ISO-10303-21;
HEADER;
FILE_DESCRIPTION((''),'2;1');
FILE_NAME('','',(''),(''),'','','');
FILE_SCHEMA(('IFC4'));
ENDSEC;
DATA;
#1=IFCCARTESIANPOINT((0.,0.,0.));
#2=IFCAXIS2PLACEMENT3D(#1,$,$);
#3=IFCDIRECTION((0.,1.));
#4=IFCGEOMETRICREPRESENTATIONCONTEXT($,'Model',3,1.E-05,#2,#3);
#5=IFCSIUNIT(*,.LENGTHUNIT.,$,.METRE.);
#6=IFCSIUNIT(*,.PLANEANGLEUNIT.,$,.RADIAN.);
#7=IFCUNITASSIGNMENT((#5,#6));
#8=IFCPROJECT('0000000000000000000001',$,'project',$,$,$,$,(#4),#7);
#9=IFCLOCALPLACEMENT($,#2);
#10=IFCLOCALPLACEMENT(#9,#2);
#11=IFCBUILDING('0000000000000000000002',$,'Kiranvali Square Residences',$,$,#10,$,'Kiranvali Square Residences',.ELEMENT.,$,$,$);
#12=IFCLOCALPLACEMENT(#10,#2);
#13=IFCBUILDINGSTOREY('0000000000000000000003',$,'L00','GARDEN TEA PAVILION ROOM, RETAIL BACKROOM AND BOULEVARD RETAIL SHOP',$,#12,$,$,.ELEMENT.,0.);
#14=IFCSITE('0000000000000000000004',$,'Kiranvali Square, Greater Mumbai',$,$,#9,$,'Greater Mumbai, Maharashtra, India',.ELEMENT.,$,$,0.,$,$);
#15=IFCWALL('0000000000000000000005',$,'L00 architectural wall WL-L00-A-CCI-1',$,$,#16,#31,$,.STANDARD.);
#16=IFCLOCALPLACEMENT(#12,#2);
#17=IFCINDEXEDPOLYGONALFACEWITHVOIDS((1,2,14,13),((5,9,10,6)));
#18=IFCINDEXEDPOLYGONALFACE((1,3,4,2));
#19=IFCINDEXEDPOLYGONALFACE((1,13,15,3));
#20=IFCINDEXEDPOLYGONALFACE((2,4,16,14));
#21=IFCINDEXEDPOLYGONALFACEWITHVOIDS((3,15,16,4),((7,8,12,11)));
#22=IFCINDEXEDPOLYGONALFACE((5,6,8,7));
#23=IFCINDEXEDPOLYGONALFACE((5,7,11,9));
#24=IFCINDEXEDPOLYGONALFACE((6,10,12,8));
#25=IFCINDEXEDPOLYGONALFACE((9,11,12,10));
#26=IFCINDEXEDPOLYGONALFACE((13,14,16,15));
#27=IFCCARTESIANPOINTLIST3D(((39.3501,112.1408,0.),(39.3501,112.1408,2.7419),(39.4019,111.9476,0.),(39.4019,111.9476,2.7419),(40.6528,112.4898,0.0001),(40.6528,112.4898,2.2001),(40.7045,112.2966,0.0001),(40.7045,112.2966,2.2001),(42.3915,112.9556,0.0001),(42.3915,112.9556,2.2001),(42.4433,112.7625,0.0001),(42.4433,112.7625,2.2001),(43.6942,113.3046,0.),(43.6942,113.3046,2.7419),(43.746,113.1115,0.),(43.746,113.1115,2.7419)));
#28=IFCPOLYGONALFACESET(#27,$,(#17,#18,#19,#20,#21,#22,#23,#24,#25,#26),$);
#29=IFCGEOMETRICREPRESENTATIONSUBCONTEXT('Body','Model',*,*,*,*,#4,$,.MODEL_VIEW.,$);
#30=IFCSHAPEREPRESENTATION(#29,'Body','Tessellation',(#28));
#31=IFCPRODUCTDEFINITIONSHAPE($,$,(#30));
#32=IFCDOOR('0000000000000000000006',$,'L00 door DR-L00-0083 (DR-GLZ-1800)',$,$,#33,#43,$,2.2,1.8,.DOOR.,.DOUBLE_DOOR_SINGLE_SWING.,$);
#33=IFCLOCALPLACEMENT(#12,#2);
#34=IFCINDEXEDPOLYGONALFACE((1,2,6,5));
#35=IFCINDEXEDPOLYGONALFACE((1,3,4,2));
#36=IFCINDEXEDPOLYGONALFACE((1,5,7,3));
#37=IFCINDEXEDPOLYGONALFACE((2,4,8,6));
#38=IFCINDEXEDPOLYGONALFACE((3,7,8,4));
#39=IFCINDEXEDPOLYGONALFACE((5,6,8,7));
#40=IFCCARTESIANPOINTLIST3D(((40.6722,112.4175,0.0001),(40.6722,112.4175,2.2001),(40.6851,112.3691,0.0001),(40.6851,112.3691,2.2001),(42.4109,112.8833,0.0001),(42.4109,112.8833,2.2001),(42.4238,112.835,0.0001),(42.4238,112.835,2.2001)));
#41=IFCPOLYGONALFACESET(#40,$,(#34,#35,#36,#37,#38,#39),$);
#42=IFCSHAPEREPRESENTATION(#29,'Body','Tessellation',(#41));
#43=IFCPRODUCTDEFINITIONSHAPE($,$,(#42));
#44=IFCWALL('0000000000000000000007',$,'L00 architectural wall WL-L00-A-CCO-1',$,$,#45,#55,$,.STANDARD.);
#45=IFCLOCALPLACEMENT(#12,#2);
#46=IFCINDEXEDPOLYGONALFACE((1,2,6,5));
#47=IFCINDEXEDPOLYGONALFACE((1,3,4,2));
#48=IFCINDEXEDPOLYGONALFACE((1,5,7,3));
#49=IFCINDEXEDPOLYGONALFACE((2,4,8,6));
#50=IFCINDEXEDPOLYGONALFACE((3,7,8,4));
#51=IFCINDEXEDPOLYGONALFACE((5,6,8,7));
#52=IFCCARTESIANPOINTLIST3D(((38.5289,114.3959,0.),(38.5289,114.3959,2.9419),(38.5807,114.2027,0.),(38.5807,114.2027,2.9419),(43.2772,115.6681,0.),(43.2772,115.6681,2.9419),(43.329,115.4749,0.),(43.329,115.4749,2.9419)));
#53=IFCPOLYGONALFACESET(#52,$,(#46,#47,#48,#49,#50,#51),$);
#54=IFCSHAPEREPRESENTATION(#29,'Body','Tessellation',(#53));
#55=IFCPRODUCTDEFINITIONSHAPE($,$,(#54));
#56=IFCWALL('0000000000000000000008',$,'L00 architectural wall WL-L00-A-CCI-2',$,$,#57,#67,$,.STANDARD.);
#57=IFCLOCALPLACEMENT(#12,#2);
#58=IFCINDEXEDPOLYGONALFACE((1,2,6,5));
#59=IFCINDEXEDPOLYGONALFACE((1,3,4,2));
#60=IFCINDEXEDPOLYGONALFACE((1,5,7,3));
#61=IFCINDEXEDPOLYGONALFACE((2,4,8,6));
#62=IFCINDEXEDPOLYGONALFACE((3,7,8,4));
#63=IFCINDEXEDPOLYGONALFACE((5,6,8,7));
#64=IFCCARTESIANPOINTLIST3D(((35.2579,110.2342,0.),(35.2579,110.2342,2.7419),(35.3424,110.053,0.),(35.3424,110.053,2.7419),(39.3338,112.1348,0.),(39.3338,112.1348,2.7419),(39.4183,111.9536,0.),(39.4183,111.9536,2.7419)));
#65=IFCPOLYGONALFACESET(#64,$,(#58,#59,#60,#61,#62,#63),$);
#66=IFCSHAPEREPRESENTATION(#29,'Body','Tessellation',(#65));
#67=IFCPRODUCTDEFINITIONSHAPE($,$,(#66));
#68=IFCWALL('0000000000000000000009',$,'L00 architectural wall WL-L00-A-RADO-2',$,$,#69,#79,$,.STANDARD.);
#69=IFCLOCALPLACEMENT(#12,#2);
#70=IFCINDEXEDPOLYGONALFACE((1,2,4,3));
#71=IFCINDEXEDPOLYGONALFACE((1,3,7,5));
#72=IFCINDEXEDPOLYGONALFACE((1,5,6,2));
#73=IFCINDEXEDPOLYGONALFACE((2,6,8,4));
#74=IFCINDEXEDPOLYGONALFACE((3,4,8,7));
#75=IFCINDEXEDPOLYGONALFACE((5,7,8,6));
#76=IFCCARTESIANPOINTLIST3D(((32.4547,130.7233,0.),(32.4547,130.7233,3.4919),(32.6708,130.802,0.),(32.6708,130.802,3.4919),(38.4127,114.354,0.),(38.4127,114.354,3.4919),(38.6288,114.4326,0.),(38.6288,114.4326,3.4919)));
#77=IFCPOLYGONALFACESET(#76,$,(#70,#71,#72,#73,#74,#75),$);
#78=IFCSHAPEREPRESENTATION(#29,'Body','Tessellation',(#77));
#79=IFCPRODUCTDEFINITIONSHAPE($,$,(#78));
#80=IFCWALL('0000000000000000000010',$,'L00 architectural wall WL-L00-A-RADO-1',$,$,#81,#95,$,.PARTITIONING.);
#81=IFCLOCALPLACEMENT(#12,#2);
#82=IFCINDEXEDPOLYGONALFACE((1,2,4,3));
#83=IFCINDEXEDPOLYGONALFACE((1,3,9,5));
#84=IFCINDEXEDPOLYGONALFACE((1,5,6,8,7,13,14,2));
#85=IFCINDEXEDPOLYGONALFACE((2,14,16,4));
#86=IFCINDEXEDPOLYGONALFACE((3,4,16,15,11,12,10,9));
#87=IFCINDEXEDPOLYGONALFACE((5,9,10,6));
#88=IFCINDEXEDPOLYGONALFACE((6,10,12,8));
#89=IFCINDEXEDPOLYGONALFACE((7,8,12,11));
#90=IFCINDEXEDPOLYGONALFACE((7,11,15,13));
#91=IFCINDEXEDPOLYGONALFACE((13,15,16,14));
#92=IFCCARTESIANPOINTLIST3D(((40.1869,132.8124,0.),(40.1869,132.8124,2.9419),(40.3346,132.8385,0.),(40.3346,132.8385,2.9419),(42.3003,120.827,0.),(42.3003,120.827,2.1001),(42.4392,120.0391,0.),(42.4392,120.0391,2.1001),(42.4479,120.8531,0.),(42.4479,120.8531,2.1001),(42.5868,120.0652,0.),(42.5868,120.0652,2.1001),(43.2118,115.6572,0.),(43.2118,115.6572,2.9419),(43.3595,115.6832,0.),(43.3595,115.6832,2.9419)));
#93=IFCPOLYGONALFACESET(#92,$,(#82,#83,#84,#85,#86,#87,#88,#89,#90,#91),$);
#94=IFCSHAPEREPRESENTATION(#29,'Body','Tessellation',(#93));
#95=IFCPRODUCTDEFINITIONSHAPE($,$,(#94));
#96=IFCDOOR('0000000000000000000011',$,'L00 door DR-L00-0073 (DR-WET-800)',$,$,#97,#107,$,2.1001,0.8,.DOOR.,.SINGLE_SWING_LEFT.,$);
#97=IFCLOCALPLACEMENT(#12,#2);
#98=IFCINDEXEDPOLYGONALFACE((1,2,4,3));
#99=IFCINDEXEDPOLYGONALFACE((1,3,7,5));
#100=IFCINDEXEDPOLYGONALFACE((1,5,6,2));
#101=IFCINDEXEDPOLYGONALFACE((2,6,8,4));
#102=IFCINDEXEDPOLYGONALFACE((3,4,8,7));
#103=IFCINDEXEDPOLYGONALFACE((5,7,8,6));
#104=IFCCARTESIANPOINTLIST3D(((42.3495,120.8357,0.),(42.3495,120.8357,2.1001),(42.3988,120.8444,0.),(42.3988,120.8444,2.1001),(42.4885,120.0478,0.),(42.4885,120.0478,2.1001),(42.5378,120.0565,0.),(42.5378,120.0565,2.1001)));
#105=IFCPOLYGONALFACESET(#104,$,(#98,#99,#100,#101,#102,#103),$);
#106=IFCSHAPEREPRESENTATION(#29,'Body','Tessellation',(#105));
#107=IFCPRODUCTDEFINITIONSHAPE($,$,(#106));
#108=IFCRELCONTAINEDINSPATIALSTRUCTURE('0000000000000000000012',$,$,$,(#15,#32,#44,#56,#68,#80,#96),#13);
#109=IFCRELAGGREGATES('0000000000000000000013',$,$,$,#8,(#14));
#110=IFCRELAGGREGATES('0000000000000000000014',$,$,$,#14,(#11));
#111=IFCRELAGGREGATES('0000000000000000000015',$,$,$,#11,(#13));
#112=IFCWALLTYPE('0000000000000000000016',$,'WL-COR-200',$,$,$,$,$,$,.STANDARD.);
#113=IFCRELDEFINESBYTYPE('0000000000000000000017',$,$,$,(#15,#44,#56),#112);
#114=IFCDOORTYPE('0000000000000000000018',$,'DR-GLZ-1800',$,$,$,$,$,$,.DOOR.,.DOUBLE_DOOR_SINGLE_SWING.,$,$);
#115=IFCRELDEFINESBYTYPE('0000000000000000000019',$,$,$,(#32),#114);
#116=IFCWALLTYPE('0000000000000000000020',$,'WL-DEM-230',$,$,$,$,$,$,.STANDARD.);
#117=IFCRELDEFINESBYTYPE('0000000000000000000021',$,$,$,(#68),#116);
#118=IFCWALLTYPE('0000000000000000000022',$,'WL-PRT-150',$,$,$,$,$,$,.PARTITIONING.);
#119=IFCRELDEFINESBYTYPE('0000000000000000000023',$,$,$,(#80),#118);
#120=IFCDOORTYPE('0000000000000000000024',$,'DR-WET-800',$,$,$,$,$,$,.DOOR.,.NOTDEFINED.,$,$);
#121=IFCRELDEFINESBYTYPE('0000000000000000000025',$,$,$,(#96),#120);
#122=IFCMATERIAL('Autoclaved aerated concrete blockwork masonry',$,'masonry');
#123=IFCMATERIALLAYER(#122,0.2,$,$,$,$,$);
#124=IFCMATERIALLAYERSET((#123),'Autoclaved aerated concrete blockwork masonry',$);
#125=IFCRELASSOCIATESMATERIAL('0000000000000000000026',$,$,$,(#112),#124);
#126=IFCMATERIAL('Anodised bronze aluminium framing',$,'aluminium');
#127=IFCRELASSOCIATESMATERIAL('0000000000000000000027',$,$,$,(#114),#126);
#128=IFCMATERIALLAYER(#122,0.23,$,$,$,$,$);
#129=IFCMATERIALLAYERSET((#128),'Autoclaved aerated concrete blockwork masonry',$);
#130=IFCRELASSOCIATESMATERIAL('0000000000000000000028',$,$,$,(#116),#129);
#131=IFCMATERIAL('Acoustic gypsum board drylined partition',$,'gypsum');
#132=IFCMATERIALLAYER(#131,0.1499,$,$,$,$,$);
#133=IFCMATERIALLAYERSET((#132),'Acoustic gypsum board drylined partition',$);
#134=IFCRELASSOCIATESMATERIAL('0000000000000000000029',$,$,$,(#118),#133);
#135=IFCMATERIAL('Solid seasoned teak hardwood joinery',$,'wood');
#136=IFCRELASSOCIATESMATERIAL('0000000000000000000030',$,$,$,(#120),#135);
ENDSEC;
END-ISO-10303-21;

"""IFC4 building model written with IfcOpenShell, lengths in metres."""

from ifc_helpers import new_model, si_unit, direction, frame, frame_2d, origin, place, context, subcontext, project, spatial, rectangle, extrude, material, layer, layer_set, type_object, element, fill, save


model = new_model("IFC4")

# Units and contexts
model_context = context("Model", 3, precision=1e-05, world=origin(), true_north=direction((0.0, 1.0)))
body_context = subcontext(model_context, "Body", "Model", "MODEL_VIEW")
ifc_project = project(units=[si_unit("LENGTHUNIT", "METRE"), si_unit("PLANEANGLEUNIT", "RADIAN")], contexts=[model_context])

# Site, building, storey
site_placement = place(None, origin())
site = spatial("IfcSite", under=ifc_project, at=site_placement, Name="Kiranvali Square, Greater Mumbai", LongName="Greater Mumbai, Maharashtra, India", CompositionType="ELEMENT", RefElevation=0.0)
building_placement = place(site_placement, origin())
building = spatial("IfcBuilding", under=site, at=building_placement, Name="Kiranvali Square Residences", LongName="Kiranvali Square Residences", CompositionType="ELEMENT")
storey_placement = place(building_placement, origin())
storey = spatial("IfcBuildingStorey", under=building, at=storey_placement, Name="L00", Description="GARDEN TEA PAVILION ROOM, RETAIL BACKROOM AND BOULEVARD RETAIL SHOP", CompositionType="ELEMENT", Elevation=0.0)

# Shared definitions
ifc_material_1 = material(Name="Anodised bronze aluminium framing", Category="aluminium")

# Wall, opening, door
ifc_material_2 = material(Name="Autoclaved aerated concrete blockwork masonry", Category="masonry")
ifc_layer_1 = layer(ifc_material_2, 0.2)
ifc_layer_set_1 = layer_set([ifc_layer_1], Name="Autoclaved aerated concrete blockwork masonry")
wall_type_1 = type_object("IfcWallType", Name="WL-COR-200", PredefinedType="STANDARD", material=ifc_layer_set_1)
wall_1_placement = place(storey_placement, frame((43.72, 113.208, 0.0), z_axis=(0.0, 0.0, 1.0), x_axis=(-0.965934, -0.258788, 0.0)))
wall_1 = element("IfcWall", 1, at=wall_1_placement, inside=storey, type_object=wall_type_1, Name="L00 architectural wall WL-L00-A-CCI-1", PredefinedType="STANDARD", context=body_context, shape_type="SweptSolid", body=[
    extrude(rectangle(XDim=4.4973, YDim=0.2, at=frame_2d((2.2485, 0.0))), origin(), (0.0, 0.0, 1.0), 2.7419),
])
opening_1_placement = place(wall_1_placement, frame((1.3486, 0.0, 0.0)))
opening_1 = element("IfcOpeningElement", 2, at=opening_1_placement, cuts=wall_1, PredefinedType="OPENING", context=body_context, shape_type="SweptSolid", body=[
    extrude(rectangle(XDim=1.8, YDim=2.2, at=frame_2d((0.8999, 1.1001))), frame((0.0, 0.1099, 0.0), z_axis=(0.0, -1.0, 0.0), x_axis=(1.0, 0.0, 0.0)), (0.0, 0.0, 1.0), 0.22),
])
door_type_1 = type_object("IfcDoorType", Name="DR-GLZ-1800", OperationType="DOUBLE_DOOR_SINGLE_SWING", PredefinedType="DOOR", material=ifc_material_1)
door_1_placement = place(opening_1_placement, origin())
door_1 = element("IfcDoor", 3, at=door_1_placement, inside=storey, type_object=door_type_1, Name="L00 door DR-L00-0083 (DR-GLZ-1800)", OperationType="DOUBLE_DOOR_SINGLE_SWING", OverallHeight=2.2, OverallWidth=1.8, PredefinedType="DOOR", context=body_context, shape_type="SweptSolid", body=[
    extrude(rectangle(XDim=1.8, YDim=2.2, at=frame_2d((0.8999, 1.1001))), frame((0.0, 0.0249, 0.0), z_axis=(0.0, -1.0, 0.0), x_axis=(1.0, 0.0, 0.0)), (0.0, 0.0, 1.0), 0.05),
])
fill(opening_1, door_1)

# Walls
wall_2_placement = place(storey_placement, frame((43.3032, 115.5715, 0.0), z_axis=(0.0, 0.0, 1.0), x_axis=(-0.96593, -0.258803, 0.0)))
element("IfcWall", 4, at=wall_2_placement, inside=storey, type_object=wall_type_1, Name="L00 architectural wall WL-L00-A-CCO-1", PredefinedType="STANDARD", context=body_context, shape_type="SweptSolid", body=[
    extrude(rectangle(XDim=4.9158, YDim=0.2, at=frame_2d((2.458, 0.0))), origin(), (0.0, 0.0, 1.0), 2.9419),
])
wall_3_placement = place(storey_placement, frame((39.376, 112.0442, 0.0), z_axis=(0.0, 0.0, 1.0), x_axis=(-0.906308, -0.422618, 0.0)))
element("IfcWall", 5, at=wall_3_placement, inside=storey, type_object=wall_type_1, Name="L00 architectural wall WL-L00-A-CCI-2", PredefinedType="STANDARD", context=body_context, shape_type="SweptSolid", body=[
    extrude(rectangle(XDim=4.4973, YDim=0.2, at=frame_2d((2.2485, 0.0))), origin(), (0.0, 0.0, 1.0), 2.7419),
])

# Wall
ifc_layer_2 = layer(ifc_material_2, 0.23)
ifc_layer_set_2 = layer_set([ifc_layer_2], Name="Autoclaved aerated concrete blockwork masonry")
wall_type_2 = type_object("IfcWallType", Name="WL-DEM-230", PredefinedType="STANDARD", material=ifc_layer_set_2)
wall_4_placement = place(storey_placement, frame((38.5208, 114.3933, 0.0), z_axis=(0.0, 0.0, 1.0), x_axis=(-0.342022, 0.939692, 0.0)))
element("IfcWall", 6, at=wall_4_placement, inside=storey, type_object=wall_type_2, Name="L00 architectural wall WL-L00-A-RADO-2", PredefinedType="STANDARD", context=body_context, shape_type="SweptSolid", body=[
    extrude(rectangle(XDim=17.4199, YDim=0.23, at=frame_2d((8.71, 0.0))), origin(), (0.0, 0.0, 1.0), 3.4919),
])

# Wall, opening, door
ifc_material_3 = material(Name="Acoustic gypsum board drylined partition", Category="gypsum")
ifc_layer_3 = layer(ifc_material_3, 0.1499)
ifc_layer_set_3 = layer_set([ifc_layer_3], Name="Acoustic gypsum board drylined partition")
wall_type_3 = type_object("IfcWallType", Name="WL-PRT-150", PredefinedType="PARTITIONING", material=ifc_layer_set_3)
wall_5_placement = place(storey_placement, frame((43.2856, 115.6702, 0.0), z_axis=(0.0, 0.0, 1.0), x_axis=(-0.173646, 0.984808, 0.0)))
wall_5 = element("IfcWall", 7, at=wall_5_placement, inside=storey, type_object=wall_type_3, Name="L00 architectural wall WL-L00-A-RADO-1", PredefinedType="PARTITIONING", context=body_context, shape_type="SweptSolid", body=[
    extrude(rectangle(XDim=17.4199, YDim=0.1499, at=frame_2d((8.71, 0.0))), origin(), (0.0, 0.0, 1.0), 2.9419),
])
opening_2_placement = place(wall_5_placement, frame((4.4497, 0.0, 0.0)))
opening_2 = element("IfcOpeningElement", 8, at=opening_2_placement, cuts=wall_5, PredefinedType="OPENING", context=body_context, shape_type="SweptSolid", body=[
    extrude(rectangle(XDim=0.8, YDim=2.1001, at=frame_2d((0.3999, 1.05))), frame((0.0, 0.085, 0.0), z_axis=(0.0, -1.0, 0.0), x_axis=(1.0, 0.0, 0.0)), (0.0, 0.0, 1.0), 0.1699),
])
ifc_material_4 = material(Name="Solid seasoned teak hardwood joinery", Category="wood")
door_type_2 = type_object("IfcDoorType", Name="DR-WET-800", OperationType="NOTDEFINED", PredefinedType="DOOR", material=ifc_material_4)
door_2_placement = place(opening_2_placement, origin())
door_2 = element("IfcDoor", 9, at=door_2_placement, inside=storey, type_object=door_type_2, Name="L00 door DR-L00-0073 (DR-WET-800)", OperationType="SINGLE_SWING_LEFT", OverallHeight=2.1001, OverallWidth=0.8, PredefinedType="DOOR", context=body_context, shape_type="SweptSolid", body=[
    extrude(rectangle(XDim=0.8, YDim=2.1001, at=frame_2d((0.3999, 1.05))), frame((0.0, 0.0249, 0.0), z_axis=(0.0, -1.0, 0.0), x_axis=(1.0, 0.0, 0.0)), (0.0, 0.0, 1.0), 0.05),
])
fill(opening_2, door_2)

save(model, "model.ifc")
